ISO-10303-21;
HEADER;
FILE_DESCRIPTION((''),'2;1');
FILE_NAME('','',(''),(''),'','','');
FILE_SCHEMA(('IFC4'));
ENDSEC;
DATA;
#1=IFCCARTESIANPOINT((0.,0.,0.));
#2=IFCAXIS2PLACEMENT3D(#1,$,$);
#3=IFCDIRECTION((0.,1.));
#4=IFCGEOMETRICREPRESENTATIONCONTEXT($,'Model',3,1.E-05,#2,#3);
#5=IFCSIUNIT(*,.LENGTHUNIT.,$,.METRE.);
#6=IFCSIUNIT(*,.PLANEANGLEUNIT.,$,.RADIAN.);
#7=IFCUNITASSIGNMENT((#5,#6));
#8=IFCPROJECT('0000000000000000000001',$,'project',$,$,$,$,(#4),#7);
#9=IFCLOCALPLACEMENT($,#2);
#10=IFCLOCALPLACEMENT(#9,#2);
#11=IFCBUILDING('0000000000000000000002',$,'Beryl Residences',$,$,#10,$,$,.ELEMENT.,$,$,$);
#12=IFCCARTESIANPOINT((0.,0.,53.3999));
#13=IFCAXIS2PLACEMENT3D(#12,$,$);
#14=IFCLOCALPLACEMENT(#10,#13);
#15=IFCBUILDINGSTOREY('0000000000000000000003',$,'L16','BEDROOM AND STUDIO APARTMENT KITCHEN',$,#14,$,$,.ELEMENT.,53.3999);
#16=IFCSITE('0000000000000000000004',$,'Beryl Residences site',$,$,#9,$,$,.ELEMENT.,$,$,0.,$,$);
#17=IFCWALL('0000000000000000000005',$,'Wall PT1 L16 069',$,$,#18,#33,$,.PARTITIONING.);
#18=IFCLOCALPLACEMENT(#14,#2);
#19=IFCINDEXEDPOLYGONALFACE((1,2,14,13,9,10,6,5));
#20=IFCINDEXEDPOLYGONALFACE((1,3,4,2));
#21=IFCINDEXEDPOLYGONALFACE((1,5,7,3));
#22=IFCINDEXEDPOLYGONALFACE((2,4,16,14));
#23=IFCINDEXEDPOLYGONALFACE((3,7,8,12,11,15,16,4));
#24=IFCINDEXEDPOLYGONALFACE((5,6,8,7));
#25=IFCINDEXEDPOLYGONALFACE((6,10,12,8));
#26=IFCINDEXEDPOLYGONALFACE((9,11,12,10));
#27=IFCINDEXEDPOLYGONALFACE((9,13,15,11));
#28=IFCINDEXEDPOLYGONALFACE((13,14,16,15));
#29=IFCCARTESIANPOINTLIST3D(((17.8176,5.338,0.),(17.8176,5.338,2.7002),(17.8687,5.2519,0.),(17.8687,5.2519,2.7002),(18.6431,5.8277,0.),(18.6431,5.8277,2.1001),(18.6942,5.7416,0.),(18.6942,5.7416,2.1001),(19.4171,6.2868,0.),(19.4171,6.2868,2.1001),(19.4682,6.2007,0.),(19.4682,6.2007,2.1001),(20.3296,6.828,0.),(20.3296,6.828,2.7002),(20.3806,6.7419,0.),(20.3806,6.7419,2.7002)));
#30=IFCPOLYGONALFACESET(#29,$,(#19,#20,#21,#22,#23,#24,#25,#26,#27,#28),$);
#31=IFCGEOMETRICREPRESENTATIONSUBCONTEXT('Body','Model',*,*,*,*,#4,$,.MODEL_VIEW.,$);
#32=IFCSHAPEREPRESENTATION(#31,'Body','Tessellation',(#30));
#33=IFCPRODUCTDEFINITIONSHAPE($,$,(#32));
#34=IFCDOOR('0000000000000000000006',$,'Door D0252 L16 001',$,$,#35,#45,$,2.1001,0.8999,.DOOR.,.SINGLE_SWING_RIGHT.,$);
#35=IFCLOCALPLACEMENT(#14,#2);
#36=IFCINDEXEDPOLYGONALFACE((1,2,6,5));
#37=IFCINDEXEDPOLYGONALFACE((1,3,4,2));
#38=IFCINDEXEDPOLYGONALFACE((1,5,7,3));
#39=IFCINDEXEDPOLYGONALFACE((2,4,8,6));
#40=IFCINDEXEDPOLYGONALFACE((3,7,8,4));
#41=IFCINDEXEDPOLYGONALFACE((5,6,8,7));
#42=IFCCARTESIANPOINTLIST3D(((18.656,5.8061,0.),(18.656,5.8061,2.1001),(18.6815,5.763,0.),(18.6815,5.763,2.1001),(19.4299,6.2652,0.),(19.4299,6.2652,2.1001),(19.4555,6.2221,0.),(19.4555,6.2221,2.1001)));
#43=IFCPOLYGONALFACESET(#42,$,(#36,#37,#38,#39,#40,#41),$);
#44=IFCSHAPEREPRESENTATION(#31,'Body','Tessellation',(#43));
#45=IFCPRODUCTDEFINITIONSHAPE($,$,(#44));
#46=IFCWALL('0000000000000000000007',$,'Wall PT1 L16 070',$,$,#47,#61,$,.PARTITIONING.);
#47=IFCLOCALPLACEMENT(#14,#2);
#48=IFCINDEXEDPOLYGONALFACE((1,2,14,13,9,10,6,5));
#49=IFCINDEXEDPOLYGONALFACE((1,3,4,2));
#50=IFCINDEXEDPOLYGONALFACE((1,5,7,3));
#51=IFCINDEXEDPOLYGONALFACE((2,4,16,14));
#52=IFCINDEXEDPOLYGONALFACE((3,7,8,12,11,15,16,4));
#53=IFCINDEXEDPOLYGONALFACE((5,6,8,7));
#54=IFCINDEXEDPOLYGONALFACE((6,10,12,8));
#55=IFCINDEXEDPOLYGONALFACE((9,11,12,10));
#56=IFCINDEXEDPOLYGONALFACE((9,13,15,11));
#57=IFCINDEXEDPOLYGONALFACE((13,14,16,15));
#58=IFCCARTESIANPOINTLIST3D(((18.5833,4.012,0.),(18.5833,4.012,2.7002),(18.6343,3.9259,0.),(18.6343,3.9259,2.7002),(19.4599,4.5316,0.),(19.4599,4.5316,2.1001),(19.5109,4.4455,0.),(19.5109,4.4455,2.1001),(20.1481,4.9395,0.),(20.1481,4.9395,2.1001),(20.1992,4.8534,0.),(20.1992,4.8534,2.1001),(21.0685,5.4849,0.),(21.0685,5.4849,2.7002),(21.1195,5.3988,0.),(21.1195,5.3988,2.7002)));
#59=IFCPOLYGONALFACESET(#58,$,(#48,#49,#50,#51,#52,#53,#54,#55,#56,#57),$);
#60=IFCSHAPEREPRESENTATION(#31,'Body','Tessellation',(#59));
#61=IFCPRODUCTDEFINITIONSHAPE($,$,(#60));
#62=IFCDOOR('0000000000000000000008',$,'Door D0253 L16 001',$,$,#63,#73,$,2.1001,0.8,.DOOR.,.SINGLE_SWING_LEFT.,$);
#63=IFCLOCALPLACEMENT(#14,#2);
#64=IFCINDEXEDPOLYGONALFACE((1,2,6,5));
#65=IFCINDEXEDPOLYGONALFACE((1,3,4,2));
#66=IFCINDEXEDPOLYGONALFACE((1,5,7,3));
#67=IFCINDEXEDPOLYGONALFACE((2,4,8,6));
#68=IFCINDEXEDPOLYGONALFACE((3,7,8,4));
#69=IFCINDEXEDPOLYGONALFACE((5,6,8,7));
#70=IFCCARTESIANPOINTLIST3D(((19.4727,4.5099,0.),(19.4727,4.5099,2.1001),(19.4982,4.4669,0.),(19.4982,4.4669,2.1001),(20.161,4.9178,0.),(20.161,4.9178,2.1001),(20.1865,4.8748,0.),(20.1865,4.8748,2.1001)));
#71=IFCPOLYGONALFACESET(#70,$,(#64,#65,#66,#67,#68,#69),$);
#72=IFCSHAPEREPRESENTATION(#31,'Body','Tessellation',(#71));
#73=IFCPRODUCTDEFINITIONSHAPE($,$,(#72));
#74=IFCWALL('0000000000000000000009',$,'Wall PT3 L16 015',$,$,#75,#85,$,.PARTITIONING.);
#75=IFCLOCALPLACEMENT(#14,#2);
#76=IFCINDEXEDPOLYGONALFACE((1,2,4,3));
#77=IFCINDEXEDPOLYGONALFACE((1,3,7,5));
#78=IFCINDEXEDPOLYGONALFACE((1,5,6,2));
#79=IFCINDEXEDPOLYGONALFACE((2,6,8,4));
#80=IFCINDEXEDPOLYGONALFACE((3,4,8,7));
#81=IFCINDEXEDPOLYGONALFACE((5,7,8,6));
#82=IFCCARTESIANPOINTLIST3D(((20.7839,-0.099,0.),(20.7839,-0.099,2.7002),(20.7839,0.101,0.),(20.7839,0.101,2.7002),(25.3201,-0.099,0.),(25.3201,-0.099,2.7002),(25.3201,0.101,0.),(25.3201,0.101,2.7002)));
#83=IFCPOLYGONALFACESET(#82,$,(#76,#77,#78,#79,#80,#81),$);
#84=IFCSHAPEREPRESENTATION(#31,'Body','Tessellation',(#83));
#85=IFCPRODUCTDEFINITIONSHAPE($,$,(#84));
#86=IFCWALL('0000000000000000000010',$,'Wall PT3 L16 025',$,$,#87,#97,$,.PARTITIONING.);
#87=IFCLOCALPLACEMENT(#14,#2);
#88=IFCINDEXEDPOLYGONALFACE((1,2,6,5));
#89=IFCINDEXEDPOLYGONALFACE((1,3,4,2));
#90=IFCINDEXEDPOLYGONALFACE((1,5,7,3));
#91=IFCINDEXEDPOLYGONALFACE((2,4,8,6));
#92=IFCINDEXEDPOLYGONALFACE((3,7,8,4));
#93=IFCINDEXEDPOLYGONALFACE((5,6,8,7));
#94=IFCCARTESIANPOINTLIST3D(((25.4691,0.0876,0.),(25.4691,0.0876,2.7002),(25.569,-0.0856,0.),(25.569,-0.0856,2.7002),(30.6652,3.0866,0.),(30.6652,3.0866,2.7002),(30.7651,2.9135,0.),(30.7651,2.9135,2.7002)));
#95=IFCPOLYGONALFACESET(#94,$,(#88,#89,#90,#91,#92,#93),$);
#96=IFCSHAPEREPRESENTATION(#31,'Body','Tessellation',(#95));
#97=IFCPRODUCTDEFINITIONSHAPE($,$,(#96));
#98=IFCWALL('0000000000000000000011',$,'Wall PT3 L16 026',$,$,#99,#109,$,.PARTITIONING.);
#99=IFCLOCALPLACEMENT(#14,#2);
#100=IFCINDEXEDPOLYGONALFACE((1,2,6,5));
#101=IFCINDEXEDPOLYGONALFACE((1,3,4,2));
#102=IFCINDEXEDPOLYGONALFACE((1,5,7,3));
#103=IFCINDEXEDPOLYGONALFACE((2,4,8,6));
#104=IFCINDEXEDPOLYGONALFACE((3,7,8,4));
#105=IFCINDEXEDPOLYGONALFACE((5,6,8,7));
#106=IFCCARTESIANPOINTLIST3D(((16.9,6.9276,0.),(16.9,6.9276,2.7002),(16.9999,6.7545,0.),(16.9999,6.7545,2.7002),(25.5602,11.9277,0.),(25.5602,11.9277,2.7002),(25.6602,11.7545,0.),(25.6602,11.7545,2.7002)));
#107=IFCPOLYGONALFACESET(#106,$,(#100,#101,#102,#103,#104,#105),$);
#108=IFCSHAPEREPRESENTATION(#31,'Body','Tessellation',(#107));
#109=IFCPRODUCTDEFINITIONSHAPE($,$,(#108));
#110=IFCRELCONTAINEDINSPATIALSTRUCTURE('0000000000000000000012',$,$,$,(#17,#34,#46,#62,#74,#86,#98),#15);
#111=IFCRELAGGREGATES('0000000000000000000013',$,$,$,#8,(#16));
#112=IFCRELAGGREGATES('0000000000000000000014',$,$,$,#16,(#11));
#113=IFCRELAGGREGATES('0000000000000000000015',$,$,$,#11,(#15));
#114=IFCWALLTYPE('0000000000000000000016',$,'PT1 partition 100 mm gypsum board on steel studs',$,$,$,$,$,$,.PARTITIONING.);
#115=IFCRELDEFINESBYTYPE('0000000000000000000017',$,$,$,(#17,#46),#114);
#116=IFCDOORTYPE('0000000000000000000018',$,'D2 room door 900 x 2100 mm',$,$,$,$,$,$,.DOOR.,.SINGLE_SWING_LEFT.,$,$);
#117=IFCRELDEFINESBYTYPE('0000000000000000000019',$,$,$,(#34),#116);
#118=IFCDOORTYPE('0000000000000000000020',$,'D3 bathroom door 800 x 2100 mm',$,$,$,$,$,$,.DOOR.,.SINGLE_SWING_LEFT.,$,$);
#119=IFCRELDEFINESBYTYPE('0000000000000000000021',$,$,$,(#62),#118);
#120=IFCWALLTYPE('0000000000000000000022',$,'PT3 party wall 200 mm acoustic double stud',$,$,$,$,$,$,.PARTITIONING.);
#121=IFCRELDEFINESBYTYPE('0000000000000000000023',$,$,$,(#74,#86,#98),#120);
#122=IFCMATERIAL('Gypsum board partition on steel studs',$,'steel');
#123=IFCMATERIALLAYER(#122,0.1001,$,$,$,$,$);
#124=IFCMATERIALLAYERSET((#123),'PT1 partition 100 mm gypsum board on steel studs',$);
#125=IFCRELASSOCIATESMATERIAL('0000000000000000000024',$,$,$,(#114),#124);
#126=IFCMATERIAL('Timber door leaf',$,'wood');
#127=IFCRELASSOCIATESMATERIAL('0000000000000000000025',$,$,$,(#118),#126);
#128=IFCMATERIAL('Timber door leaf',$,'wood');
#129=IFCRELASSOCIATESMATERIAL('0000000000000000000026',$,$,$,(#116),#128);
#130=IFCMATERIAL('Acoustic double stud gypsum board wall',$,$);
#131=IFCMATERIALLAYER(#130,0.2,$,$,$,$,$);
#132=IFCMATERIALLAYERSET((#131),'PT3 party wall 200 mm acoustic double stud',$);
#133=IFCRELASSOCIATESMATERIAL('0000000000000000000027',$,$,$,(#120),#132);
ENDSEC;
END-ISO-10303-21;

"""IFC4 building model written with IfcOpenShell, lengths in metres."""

from ifc_helpers import new_model, si_unit, direction, frame, frame_2d, origin, place, context, subcontext, project, spatial, rectangle, extrude, material, layer, layer_set, type_object, element, fill, save


model = new_model("IFC4")

# Units and contexts
model_context = context("Model", 3, precision=1e-05, world=origin(), true_north=direction((0.0, 1.0)))
body_context = subcontext(model_context, "Body", "Model", "MODEL_VIEW")
ifc_project = project(units=[si_unit("LENGTHUNIT", "METRE"), si_unit("PLANEANGLEUNIT", "RADIAN")], contexts=[model_context])

# Site, building, storey
site_placement = place(None, origin())
site = spatial("IfcSite", under=ifc_project, at=site_placement, Name="Beryl Residences site", CompositionType="ELEMENT", RefElevation=0.0)
building_placement = place(site_placement, origin())
building = spatial("IfcBuilding", under=site, at=building_placement, Name="Beryl Residences", CompositionType="ELEMENT")
storey_placement = place(building_placement, frame((0.0, 0.0, 53.3999)))
storey = spatial("IfcBuildingStorey", under=building, at=storey_placement, Name="L16", Description="BEDROOM AND STUDIO APARTMENT KITCHEN", CompositionType="ELEMENT", Elevation=53.3999)

# Shared definitions
ifc_material_1 = material(Name="Gypsum board partition on steel studs", Category="steel")
ifc_layer_1 = layer(ifc_material_1, 0.1001)
ifc_layer_set_1 = layer_set([ifc_layer_1], Name="PT1 partition 100 mm gypsum board on steel studs")
wall_type_1 = type_object("IfcWallType", Name="PT1 partition 100 mm gypsum board on steel studs", PredefinedType="PARTITIONING", material=ifc_layer_set_1)

# Walls, openings, doors
ifc_material_2 = material(Name="Timber door leaf", Category="wood")
door_type_1 = type_object("IfcDoorType", Name="D3 bathroom door 800 x 2100 mm", OperationType="SINGLE_SWING_LEFT", PredefinedType="DOOR", material=ifc_material_2)
ifc_material_3 = material(Name="Timber door leaf", Category="wood")
door_type_2 = type_object("IfcDoorType", Name="D2 room door 900 x 2100 mm", OperationType="SINGLE_SWING_LEFT", PredefinedType="DOOR", material=ifc_material_3)
wall_1_placement = place(storey_placement, frame((17.843, 5.2949, 0.0), z_axis=(0.0, 0.0, 1.0), x_axis=(0.860078, 0.510162, 0.0)))
wall_1 = element("IfcWall", 1, at=wall_1_placement, inside=storey, type_object=wall_type_1, Name="Wall PT1 L16 069", PredefinedType="PARTITIONING", context=body_context, shape_type="SweptSolid", body=[
    extrude(rectangle(XDim=2.9207, YDim=0.1001, at=frame_2d((1.4604, 0.0))), origin(), (0.0, 0.0, 1.0), 2.7002),
])
opening_1_placement = place(wall_1_placement, frame((0.96, 0.0, 0.0)))
opening_1 = element("IfcOpeningElement", 2, at=opening_1_placement, cuts=wall_1, PredefinedType="OPENING", context=body_context, shape_type="SweptSolid", body=[
    extrude(rectangle(XDim=0.8999, YDim=2.1001, at=frame_2d((0.45, 1.05))), frame((0.0, 0.0601, 0.0), z_axis=(0.0, -1.0, 0.0), x_axis=(1.0, 0.0, 0.0)), (0.0, 0.0, 1.0), 0.1201),
])
door_1_placement = place(opening_1_placement, origin())
door_1 = element("IfcDoor", 3, at=door_1_placement, inside=storey, type_object=door_type_2, Name="Door D0252 L16 001", OperationType="SINGLE_SWING_RIGHT", OverallHeight=2.1001, OverallWidth=0.8999, PredefinedType="DOOR", context=body_context, shape_type="SweptSolid", body=[
    extrude(rectangle(XDim=0.8999, YDim=2.1001, at=frame_2d((0.45, 1.05))), frame((0.0, 0.0249, 0.0), z_axis=(0.0, -1.0, 0.0), x_axis=(1.0, 0.0, 0.0)), (0.0, 0.0, 1.0), 0.05),
])
fill(opening_1, door_1)
wall_2_placement = place(storey_placement, frame((18.6089, 3.969, 0.0), z_axis=(0.0, 0.0, 1.0), x_axis=(0.860254, 0.509865, 0.0)))
wall_2 = element("IfcWall", 4, at=wall_2_placement, inside=storey, type_object=wall_type_1, Name="Wall PT1 L16 070", PredefinedType="PARTITIONING", context=body_context, shape_type="SweptSolid", body=[
    extrude(rectangle(XDim=2.8889, YDim=0.1001, at=frame_2d((1.4443, 0.0))), origin(), (0.0, 0.0, 1.0), 2.7002),
])
opening_2_placement = place(wall_2_placement, frame((1.019, 0.0, 0.0)))
opening_2 = element("IfcOpeningElement", 5, at=opening_2_placement, cuts=wall_2, PredefinedType="OPENING", context=body_context, shape_type="SweptSolid", body=[
    extrude(rectangle(XDim=0.8, YDim=2.1001, at=frame_2d((0.3999, 1.05))), frame((0.0, 0.0601, 0.0), z_axis=(0.0, -1.0, 0.0), x_axis=(1.0, 0.0, 0.0)), (0.0, 0.0, 1.0), 0.1201),
])
door_2_placement = place(opening_2_placement, origin())
door_2 = element("IfcDoor", 6, at=door_2_placement, inside=storey, type_object=door_type_1, Name="Door D0253 L16 001", OperationType="SINGLE_SWING_LEFT", OverallHeight=2.1001, OverallWidth=0.8, PredefinedType="DOOR", context=body_context, shape_type="SweptSolid", body=[
    extrude(rectangle(XDim=0.8, YDim=2.1001, at=frame_2d((0.3999, 1.05))), frame((0.0, 0.0249, 0.0), z_axis=(0.0, -1.0, 0.0), x_axis=(1.0, 0.0, 0.0)), (0.0, 0.0, 1.0), 0.05),
])
fill(opening_2, door_2)

# Walls
ifc_material_4 = material(Name="Acoustic double stud gypsum board wall")
ifc_layer_2 = layer(ifc_material_4, 0.2)
ifc_layer_set_2 = layer_set([ifc_layer_2], Name="PT3 party wall 200 mm acoustic double stud")
wall_type_2 = type_object("IfcWallType", Name="PT3 party wall 200 mm acoustic double stud", PredefinedType="PARTITIONING", material=ifc_layer_set_2)
wall_3_placement = place(storey_placement, frame((20.7839, 0.001, 0.0), z_axis=(0.0, 0.0, 1.0), x_axis=(1.0, 0.0, 0.0)))
element("IfcWall", 7, at=wall_3_placement, inside=storey, type_object=wall_type_2, Name="Wall PT3 L16 015", PredefinedType="PARTITIONING", context=body_context, shape_type="SweptSolid", body=[
    extrude(rectangle(XDim=4.5361, YDim=0.2, at=frame_2d((2.2681, 0.0))), origin(), (0.0, 0.0, 1.0), 2.7002),
])
wall_4_placement = place(storey_placement, frame((25.519, 0.001, 0.0), z_axis=(0.0, 0.0, 1.0), x_axis=(0.866091, 0.499886, 0.0)))
element("IfcWall", 8, at=wall_4_placement, inside=storey, type_object=wall_type_2, Name="Wall PT3 L16 025", PredefinedType="PARTITIONING", context=body_context, shape_type="SweptSolid", body=[
    extrude(rectangle(XDim=5.9995, YDim=0.2, at=frame_2d((2.9998, 0.0))), origin(), (0.0, 0.0, 1.0), 2.7002),
])
wall_5_placement = place(storey_placement, frame((16.95, 6.8411, 0.0), z_axis=(0.0, 0.0, 1.0), x_axis=(0.866023, 0.500004, 0.0)))
element("IfcWall", 9, at=wall_5_placement, inside=storey, type_object=wall_type_2, Name="Wall PT3 L16 026", PredefinedType="PARTITIONING", context=body_context, shape_type="SweptSolid", body=[
    extrude(rectangle(XDim=10.0, YDim=0.2, at=frame_2d((5.0, 0.0))), origin(), (0.0, 0.0, 1.0), 2.7002),
])

save(model, "model.ifc")
